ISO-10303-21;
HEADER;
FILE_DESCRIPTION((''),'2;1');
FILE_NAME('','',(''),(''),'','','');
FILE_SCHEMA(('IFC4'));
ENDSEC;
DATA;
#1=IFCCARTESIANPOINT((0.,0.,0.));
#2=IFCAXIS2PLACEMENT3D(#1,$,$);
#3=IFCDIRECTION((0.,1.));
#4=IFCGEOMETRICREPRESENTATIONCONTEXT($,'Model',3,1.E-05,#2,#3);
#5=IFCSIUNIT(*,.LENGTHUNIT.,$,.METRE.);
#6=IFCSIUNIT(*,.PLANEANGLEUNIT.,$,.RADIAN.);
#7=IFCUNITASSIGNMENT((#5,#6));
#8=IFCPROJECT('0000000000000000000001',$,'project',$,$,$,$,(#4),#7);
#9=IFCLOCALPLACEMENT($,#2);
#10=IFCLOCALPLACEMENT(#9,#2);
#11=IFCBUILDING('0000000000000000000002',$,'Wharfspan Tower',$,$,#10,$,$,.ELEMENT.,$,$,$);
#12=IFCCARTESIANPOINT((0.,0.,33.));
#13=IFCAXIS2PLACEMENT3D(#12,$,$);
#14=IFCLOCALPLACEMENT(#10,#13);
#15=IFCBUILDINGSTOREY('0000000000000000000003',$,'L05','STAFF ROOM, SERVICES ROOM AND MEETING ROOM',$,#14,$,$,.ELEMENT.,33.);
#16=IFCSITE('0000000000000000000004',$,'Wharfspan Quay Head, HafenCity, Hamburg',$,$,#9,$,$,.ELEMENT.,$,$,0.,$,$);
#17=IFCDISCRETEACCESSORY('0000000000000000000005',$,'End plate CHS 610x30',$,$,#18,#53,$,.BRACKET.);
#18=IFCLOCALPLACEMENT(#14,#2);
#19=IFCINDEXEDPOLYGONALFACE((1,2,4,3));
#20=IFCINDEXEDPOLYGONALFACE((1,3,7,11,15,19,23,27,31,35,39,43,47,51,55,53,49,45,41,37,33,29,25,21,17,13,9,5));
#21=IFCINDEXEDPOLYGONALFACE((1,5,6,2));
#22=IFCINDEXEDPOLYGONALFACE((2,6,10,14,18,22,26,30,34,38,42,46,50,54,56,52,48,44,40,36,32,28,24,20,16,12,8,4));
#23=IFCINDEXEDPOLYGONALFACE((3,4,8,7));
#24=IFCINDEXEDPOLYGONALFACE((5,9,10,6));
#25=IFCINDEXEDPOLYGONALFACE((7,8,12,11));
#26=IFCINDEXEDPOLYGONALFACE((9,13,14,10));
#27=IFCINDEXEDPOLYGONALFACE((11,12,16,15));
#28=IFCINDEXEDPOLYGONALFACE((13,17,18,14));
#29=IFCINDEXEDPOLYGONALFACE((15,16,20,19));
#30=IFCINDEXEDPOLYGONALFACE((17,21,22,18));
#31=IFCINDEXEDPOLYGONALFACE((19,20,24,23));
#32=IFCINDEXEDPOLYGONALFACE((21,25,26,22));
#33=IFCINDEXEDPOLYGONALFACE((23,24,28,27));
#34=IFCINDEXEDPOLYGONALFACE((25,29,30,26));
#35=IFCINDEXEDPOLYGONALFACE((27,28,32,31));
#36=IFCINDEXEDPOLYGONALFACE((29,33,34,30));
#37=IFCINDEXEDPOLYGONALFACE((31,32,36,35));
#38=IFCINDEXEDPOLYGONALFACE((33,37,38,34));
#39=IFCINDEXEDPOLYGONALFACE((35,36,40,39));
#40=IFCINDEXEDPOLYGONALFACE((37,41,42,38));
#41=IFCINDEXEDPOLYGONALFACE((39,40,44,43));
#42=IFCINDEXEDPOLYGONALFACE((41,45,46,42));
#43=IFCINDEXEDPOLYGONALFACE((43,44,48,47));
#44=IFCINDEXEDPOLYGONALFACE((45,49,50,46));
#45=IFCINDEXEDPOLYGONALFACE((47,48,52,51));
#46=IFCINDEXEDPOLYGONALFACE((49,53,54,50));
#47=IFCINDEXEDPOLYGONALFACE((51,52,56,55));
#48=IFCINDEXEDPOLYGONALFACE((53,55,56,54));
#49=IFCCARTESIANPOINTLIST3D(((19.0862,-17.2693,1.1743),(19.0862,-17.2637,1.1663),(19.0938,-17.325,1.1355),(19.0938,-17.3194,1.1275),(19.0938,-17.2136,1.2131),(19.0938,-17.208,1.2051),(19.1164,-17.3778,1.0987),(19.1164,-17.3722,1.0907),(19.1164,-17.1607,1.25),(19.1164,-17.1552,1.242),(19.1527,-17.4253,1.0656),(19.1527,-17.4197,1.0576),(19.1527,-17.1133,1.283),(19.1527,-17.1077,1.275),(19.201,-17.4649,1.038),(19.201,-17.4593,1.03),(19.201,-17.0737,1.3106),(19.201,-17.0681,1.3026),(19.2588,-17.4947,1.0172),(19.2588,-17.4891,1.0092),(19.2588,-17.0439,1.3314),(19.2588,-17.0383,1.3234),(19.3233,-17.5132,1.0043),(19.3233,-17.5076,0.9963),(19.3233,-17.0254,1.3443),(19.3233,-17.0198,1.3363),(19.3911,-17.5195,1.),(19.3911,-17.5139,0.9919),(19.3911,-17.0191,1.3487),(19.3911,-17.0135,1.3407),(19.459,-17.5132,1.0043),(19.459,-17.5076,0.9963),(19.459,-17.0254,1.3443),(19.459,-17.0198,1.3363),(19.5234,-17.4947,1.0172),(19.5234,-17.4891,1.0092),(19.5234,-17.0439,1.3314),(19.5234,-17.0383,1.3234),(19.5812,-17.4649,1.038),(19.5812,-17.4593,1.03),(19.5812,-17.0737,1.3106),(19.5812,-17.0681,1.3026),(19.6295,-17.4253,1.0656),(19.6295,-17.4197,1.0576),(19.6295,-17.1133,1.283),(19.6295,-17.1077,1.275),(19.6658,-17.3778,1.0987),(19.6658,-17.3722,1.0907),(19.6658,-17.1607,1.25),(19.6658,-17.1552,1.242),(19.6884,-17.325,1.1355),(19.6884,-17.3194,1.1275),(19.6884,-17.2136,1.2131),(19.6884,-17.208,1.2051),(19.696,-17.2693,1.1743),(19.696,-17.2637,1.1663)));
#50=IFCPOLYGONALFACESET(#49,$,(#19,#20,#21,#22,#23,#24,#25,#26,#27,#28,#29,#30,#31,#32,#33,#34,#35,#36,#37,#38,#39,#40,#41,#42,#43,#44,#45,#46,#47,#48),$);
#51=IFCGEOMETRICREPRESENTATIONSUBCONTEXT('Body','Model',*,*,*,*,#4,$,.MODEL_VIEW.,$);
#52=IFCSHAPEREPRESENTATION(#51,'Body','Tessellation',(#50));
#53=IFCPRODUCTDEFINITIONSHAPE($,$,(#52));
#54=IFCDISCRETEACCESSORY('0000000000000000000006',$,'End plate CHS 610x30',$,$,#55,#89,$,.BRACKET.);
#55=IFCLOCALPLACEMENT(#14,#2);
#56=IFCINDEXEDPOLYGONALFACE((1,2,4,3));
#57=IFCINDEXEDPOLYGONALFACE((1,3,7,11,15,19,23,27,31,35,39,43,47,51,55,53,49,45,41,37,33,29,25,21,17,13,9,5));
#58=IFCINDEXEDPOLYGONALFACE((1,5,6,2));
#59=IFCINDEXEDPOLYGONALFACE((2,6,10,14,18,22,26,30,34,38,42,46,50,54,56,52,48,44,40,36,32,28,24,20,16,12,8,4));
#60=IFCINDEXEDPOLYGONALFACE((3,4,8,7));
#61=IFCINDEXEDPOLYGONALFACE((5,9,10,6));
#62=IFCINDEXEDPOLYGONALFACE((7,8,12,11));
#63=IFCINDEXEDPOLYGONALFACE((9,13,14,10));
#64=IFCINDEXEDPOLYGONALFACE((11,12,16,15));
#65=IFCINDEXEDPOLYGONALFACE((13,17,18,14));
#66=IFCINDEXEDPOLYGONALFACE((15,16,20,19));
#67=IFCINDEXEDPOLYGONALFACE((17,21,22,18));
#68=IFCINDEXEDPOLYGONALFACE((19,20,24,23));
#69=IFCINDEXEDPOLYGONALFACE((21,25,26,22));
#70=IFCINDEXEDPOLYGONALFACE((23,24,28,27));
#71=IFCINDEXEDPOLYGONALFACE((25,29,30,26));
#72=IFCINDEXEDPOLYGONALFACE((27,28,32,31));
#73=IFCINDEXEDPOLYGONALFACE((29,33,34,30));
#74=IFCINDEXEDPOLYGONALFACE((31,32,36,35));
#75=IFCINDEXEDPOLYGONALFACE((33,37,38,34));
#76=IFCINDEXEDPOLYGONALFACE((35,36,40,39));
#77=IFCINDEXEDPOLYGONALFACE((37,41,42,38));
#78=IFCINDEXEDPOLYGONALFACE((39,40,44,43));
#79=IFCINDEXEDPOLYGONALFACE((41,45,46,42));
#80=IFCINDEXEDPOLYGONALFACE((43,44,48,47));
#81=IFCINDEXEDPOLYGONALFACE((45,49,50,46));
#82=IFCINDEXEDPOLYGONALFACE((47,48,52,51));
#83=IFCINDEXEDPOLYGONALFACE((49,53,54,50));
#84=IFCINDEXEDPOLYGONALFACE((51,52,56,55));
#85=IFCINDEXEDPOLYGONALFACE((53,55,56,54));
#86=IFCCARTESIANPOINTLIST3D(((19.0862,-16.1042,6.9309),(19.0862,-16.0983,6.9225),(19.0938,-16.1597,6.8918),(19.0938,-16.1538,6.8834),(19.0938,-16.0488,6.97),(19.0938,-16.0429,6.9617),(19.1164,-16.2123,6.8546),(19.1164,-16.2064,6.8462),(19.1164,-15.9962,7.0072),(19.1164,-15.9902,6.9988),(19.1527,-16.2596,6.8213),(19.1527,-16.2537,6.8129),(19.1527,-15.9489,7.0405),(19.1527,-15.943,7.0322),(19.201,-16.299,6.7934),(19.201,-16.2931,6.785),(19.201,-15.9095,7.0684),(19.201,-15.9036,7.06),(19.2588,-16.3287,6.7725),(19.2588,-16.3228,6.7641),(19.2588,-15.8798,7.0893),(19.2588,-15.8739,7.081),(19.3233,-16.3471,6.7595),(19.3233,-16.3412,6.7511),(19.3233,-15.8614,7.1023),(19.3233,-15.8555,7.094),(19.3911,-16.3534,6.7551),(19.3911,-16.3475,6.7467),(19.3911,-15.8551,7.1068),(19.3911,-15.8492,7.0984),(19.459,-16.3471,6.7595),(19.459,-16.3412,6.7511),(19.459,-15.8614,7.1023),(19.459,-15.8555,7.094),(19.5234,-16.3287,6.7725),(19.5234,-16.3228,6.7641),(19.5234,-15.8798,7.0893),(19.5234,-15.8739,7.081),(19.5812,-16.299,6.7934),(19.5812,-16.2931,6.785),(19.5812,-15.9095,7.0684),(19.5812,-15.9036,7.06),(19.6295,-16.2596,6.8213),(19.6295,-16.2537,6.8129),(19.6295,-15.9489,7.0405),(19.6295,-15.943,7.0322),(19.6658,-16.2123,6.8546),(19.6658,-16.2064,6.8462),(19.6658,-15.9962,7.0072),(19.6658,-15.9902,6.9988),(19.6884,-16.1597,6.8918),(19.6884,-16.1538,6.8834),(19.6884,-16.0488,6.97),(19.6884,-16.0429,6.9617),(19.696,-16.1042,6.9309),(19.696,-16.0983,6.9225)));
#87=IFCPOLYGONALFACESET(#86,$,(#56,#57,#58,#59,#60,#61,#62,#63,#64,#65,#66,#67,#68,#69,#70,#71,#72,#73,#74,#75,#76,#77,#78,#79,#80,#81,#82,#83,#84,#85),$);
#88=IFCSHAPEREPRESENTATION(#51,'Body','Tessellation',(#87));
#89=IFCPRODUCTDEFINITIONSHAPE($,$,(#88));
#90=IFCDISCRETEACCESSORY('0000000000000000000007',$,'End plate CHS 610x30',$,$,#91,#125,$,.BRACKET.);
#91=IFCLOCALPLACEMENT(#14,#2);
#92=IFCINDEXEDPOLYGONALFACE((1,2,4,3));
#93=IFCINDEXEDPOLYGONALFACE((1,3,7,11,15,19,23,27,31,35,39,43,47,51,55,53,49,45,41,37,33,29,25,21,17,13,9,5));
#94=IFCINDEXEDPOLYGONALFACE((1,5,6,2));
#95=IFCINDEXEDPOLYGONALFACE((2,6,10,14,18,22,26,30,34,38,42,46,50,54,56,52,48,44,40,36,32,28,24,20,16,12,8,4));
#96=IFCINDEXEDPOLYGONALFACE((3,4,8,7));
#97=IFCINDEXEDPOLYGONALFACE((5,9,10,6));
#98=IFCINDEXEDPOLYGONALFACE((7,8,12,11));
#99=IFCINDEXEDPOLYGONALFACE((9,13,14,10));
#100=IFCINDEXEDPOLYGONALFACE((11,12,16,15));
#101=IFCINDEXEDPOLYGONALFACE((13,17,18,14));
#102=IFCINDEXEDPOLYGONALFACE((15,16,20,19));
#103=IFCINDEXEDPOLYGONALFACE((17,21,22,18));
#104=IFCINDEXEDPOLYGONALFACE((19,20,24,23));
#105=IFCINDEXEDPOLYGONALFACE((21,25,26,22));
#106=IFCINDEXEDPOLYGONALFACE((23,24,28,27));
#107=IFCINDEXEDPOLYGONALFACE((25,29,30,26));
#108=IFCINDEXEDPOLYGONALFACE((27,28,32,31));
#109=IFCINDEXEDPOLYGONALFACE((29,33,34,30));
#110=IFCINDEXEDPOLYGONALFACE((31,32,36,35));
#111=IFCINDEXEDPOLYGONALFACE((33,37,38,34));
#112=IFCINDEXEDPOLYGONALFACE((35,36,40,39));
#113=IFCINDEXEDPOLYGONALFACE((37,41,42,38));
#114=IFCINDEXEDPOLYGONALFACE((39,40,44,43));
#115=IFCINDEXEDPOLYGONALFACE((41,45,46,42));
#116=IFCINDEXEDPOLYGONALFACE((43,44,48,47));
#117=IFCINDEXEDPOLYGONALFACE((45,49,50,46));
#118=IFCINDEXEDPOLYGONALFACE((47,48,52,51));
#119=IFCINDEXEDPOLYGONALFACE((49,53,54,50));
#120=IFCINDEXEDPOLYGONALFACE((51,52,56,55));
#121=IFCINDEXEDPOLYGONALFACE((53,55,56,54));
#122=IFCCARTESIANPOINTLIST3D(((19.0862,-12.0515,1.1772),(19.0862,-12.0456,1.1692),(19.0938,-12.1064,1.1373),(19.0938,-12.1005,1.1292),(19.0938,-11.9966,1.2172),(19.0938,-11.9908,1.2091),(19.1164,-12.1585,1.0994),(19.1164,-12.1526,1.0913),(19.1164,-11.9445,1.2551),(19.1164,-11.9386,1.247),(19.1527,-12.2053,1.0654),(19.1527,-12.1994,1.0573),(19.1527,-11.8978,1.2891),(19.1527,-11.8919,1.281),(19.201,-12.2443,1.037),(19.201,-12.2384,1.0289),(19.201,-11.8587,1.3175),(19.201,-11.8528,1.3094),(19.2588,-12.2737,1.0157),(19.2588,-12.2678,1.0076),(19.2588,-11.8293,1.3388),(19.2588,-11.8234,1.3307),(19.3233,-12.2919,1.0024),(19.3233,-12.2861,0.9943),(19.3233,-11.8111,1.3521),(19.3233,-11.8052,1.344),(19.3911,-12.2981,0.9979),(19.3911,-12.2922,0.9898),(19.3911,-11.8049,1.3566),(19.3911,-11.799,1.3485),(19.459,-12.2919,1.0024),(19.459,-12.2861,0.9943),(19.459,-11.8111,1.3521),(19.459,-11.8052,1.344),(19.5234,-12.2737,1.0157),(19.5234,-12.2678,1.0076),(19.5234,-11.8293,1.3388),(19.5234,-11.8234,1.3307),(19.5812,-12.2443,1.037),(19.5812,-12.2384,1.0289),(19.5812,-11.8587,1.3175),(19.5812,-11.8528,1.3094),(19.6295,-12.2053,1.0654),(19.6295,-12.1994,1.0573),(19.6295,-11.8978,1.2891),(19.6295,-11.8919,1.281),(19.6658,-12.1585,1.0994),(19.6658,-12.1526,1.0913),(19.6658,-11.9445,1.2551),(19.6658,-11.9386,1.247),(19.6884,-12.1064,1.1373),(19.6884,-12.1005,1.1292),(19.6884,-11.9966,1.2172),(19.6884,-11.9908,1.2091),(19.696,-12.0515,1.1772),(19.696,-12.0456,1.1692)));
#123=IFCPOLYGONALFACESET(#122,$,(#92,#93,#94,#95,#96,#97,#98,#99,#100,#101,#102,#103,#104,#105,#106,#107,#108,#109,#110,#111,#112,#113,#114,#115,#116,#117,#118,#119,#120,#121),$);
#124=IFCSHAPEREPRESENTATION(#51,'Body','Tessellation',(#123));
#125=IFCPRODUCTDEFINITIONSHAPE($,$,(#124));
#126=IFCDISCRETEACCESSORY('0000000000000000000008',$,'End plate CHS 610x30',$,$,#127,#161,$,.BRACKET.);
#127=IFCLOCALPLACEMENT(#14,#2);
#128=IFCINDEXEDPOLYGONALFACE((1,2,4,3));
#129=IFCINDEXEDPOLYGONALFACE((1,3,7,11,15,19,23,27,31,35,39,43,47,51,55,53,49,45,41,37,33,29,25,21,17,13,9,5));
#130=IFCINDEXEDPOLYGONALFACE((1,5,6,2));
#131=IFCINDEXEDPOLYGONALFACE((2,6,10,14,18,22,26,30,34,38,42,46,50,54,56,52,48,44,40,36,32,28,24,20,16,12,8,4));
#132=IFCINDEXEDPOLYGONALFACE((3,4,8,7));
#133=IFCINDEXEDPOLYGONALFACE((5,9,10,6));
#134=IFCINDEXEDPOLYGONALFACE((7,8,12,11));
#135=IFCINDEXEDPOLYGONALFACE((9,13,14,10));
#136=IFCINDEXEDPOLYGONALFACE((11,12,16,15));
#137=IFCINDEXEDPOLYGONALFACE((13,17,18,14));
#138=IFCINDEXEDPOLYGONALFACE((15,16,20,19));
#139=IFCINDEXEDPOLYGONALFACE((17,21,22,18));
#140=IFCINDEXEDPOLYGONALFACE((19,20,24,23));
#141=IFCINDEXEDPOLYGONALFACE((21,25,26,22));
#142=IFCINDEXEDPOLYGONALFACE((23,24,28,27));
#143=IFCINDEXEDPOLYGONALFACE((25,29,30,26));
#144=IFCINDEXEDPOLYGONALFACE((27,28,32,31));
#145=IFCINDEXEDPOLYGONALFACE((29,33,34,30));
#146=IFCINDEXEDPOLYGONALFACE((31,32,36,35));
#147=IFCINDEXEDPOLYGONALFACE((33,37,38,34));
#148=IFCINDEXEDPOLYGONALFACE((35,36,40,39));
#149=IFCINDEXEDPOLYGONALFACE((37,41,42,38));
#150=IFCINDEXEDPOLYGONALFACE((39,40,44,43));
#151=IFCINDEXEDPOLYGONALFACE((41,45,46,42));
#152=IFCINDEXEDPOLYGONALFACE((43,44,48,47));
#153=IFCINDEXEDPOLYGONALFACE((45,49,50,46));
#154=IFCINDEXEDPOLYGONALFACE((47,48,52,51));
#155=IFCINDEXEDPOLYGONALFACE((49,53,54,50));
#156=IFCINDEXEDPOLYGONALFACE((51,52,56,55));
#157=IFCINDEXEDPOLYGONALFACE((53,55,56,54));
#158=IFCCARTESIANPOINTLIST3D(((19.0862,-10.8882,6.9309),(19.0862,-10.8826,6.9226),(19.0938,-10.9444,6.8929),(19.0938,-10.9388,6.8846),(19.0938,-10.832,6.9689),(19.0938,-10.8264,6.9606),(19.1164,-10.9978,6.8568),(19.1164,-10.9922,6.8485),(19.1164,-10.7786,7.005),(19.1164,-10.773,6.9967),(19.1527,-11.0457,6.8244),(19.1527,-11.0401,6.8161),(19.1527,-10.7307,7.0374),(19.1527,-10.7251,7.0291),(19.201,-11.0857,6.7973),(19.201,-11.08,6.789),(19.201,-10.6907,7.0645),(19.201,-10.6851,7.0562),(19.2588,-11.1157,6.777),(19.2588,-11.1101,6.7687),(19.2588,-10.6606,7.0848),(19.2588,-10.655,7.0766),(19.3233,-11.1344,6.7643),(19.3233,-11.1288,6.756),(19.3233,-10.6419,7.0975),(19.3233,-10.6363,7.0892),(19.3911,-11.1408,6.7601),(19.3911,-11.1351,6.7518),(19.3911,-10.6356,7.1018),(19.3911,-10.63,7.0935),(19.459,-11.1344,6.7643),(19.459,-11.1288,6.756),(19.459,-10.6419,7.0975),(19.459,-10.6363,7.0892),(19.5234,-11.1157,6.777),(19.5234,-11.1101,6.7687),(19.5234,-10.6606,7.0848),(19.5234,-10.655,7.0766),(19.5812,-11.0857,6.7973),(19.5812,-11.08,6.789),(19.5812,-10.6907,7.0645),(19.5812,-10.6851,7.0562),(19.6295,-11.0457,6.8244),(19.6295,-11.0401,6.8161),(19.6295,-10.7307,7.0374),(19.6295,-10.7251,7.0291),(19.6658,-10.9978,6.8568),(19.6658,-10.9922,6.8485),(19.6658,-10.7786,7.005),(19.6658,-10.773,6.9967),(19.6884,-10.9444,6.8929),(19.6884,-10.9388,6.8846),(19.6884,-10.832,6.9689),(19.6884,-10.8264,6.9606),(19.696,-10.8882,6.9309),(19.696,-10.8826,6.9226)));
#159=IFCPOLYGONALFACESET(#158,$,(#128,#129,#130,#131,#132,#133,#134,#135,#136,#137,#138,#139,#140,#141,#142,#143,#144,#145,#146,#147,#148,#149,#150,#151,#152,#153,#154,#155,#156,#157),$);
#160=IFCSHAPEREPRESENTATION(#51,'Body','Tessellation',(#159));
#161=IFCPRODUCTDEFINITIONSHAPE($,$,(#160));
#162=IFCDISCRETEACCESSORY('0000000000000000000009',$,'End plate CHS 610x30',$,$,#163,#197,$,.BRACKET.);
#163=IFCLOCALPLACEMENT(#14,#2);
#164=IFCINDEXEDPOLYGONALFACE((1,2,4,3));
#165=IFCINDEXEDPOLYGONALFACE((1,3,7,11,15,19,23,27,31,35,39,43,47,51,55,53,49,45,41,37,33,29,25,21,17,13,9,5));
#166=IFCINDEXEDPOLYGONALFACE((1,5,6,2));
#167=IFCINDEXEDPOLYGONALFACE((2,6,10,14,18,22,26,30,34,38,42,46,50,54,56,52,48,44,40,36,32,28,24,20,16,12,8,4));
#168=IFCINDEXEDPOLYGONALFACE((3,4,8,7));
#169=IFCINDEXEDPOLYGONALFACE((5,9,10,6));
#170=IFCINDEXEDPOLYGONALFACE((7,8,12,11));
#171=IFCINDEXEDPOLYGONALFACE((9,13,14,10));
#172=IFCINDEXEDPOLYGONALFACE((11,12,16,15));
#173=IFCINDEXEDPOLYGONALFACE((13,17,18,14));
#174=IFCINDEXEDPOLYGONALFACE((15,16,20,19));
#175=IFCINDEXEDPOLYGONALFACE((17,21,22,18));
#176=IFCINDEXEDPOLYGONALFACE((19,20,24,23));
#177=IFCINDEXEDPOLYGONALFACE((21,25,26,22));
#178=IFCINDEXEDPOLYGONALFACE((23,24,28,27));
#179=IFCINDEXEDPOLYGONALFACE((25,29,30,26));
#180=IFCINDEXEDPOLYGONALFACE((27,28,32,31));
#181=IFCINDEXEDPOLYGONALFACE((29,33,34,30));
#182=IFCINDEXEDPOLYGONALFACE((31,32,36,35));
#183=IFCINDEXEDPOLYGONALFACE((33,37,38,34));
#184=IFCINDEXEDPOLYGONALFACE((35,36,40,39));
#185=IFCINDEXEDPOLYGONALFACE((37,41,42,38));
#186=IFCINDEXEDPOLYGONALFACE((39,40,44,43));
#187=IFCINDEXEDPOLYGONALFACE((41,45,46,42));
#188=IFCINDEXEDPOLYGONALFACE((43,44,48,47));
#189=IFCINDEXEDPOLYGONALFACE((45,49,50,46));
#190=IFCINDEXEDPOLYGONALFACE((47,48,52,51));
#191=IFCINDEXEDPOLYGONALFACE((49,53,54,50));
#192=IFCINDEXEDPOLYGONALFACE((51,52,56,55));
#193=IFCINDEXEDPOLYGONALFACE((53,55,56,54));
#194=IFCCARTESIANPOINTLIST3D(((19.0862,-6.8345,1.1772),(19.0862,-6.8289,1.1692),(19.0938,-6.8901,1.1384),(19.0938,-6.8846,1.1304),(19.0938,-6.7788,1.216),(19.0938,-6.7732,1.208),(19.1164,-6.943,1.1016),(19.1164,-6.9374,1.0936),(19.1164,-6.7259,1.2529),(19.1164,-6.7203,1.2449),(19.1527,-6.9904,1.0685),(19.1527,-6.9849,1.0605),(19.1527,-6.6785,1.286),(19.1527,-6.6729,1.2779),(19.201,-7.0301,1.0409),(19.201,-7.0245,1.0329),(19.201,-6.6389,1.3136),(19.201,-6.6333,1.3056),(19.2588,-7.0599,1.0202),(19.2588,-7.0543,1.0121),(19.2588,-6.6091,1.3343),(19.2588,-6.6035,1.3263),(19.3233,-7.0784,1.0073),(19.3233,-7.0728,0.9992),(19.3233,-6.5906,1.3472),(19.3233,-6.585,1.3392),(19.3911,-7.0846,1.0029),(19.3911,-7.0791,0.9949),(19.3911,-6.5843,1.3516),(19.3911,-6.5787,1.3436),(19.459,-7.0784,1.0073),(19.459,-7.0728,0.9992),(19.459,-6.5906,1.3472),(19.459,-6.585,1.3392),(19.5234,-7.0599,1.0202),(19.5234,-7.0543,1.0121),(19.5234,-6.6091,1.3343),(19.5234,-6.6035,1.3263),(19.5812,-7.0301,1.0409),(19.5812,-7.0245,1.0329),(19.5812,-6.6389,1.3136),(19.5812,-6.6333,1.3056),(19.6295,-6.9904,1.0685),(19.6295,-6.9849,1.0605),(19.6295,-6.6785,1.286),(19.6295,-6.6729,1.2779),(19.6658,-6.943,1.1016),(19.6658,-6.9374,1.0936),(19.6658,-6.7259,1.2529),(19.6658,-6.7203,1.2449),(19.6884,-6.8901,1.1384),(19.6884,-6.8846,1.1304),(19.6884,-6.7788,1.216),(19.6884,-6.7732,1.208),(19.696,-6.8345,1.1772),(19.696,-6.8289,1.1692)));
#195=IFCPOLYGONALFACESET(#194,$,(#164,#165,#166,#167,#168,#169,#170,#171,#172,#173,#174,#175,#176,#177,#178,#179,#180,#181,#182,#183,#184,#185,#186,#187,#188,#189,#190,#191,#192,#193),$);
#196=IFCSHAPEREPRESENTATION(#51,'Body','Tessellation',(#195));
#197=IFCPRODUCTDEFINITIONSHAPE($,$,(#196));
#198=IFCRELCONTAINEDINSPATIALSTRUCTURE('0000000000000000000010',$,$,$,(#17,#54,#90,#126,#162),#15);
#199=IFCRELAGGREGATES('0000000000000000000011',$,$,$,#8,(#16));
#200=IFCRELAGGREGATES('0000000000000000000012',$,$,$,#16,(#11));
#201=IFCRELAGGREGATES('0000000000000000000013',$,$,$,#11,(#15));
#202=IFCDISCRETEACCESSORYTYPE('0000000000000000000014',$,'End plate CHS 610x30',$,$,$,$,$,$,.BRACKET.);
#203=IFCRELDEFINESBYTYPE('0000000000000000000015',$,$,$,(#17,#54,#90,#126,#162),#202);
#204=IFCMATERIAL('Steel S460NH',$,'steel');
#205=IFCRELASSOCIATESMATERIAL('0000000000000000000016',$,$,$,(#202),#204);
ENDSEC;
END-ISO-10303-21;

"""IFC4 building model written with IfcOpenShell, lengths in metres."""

from ifc_helpers import new_model, si_unit, direction, frame, origin, origin_2d, place, context, subcontext, project, spatial, circle, extrude, material, material_profile, profile_set, type_object, element, save


model = new_model("IFC4")

# Units and contexts
model_context = context("Model", 3, precision=1e-05, world=origin(), true_north=direction((0.0, 1.0)))
body_context = subcontext(model_context, "Body", "Model", "MODEL_VIEW")
ifc_project = project(units=[si_unit("LENGTHUNIT", "METRE"), si_unit("PLANEANGLEUNIT", "RADIAN")], contexts=[model_context])

# Site, building, storey
site_placement = place(None, origin())
site = spatial("IfcSite", under=ifc_project, at=site_placement, Name="Wharfspan Quay Head, HafenCity, Hamburg", CompositionType="ELEMENT", RefElevation=0.0)
building_placement = place(site_placement, origin())
building = spatial("IfcBuilding", under=site, at=building_placement, Name="Wharfspan Tower", CompositionType="ELEMENT")
storey_placement = place(building_placement, frame((0.0, 0.0, 33.0)))
storey = spatial("IfcBuildingStorey", under=building, at=storey_placement, Name="L05", Description="STAFF ROOM, SERVICES ROOM AND MEETING ROOM", CompositionType="ELEMENT", Elevation=33.0)

# Shared definitions
ifc_material_1 = material(Name="Steel S460NH", Category="steel")

# Discrete accessories
ifc_material_profile_1 = material_profile(ifc_material_1, circle(Radius=0.3049, at=origin_2d()))
ifc_profile_set_1 = profile_set([ifc_material_profile_1], Name="Steel S460NH")
discrete_accessory_type = type_object("IfcDiscreteAccessoryType", Name="End plate CHS 610x30", PredefinedType="BRACKET", material=ifc_profile_set_1)
discrete_accessory_1_placement = place(storey_placement, frame((19.3911, -17.2693, 1.1743), z_axis=(0.0, 0.571793, -0.820398), x_axis=(-1.0, 0.0, 0.0)))
element("IfcDiscreteAccessory", 1, at=discrete_accessory_1_placement, inside=storey, type_object=discrete_accessory_type, Name="End plate CHS 610x30", PredefinedType="BRACKET", context=body_context, shape_type="SweptSolid", body=[
    extrude(circle(Radius=0.3049, at=origin_2d()), origin(), (0.0, 0.0, 1.0), 0.0098),
])
discrete_accessory_2_placement = place(storey_placement, frame((19.3911, -16.1042, 6.9309), z_axis=(0.0, 0.576683, -0.816968), x_axis=(-1.0, 0.0, 0.0)))
element("IfcDiscreteAccessory", 2, at=discrete_accessory_2_placement, inside=storey, type_object=discrete_accessory_type, Name="End plate CHS 610x30", PredefinedType="BRACKET", context=body_context, shape_type="SweptSolid", body=[
    extrude(circle(Radius=0.3049, at=origin_2d()), origin(), (0.0, 0.0, 1.0), 0.0103),
])
for number, where, z_axis, x_axis, name in (
    (3, (19.3911, -12.0515, 1.1772), (0.0, 0.588172, -0.808736), (-1.0, 0.0, 0.0), "End plate CHS 610x30"),
    (4, (19.3911, -10.8882, 6.9309), (0.0, 0.560309, -0.828283), (-1.0, 0.0, 0.0), "End plate CHS 610x30"),
):
    element("IfcDiscreteAccessory", number, at=place(storey_placement, frame(where, z_axis=z_axis, x_axis=x_axis)), inside=storey, type_object=discrete_accessory_type, Name=name, PredefinedType="BRACKET", context=body_context, shape_type="SweptSolid", body=[
        extrude(circle(Radius=0.3049, at=origin_2d()), origin(), (0.0, 0.0, 1.0), 0.01),
    ])
discrete_accessory_3_placement = place(storey_placement, frame((19.3911, -6.8345, 1.1772), z_axis=(0.0, 0.571793, -0.820398), x_axis=(-1.0, 0.0, 0.0)))
element("IfcDiscreteAccessory", 5, at=discrete_accessory_3_placement, inside=storey, type_object=discrete_accessory_type, Name="End plate CHS 610x30", PredefinedType="BRACKET", context=body_context, shape_type="SweptSolid", body=[
    extrude(circle(Radius=0.3049, at=origin_2d()), origin(), (0.0, 0.0, 1.0), 0.0098),
])

save(model, "model.ifc")
